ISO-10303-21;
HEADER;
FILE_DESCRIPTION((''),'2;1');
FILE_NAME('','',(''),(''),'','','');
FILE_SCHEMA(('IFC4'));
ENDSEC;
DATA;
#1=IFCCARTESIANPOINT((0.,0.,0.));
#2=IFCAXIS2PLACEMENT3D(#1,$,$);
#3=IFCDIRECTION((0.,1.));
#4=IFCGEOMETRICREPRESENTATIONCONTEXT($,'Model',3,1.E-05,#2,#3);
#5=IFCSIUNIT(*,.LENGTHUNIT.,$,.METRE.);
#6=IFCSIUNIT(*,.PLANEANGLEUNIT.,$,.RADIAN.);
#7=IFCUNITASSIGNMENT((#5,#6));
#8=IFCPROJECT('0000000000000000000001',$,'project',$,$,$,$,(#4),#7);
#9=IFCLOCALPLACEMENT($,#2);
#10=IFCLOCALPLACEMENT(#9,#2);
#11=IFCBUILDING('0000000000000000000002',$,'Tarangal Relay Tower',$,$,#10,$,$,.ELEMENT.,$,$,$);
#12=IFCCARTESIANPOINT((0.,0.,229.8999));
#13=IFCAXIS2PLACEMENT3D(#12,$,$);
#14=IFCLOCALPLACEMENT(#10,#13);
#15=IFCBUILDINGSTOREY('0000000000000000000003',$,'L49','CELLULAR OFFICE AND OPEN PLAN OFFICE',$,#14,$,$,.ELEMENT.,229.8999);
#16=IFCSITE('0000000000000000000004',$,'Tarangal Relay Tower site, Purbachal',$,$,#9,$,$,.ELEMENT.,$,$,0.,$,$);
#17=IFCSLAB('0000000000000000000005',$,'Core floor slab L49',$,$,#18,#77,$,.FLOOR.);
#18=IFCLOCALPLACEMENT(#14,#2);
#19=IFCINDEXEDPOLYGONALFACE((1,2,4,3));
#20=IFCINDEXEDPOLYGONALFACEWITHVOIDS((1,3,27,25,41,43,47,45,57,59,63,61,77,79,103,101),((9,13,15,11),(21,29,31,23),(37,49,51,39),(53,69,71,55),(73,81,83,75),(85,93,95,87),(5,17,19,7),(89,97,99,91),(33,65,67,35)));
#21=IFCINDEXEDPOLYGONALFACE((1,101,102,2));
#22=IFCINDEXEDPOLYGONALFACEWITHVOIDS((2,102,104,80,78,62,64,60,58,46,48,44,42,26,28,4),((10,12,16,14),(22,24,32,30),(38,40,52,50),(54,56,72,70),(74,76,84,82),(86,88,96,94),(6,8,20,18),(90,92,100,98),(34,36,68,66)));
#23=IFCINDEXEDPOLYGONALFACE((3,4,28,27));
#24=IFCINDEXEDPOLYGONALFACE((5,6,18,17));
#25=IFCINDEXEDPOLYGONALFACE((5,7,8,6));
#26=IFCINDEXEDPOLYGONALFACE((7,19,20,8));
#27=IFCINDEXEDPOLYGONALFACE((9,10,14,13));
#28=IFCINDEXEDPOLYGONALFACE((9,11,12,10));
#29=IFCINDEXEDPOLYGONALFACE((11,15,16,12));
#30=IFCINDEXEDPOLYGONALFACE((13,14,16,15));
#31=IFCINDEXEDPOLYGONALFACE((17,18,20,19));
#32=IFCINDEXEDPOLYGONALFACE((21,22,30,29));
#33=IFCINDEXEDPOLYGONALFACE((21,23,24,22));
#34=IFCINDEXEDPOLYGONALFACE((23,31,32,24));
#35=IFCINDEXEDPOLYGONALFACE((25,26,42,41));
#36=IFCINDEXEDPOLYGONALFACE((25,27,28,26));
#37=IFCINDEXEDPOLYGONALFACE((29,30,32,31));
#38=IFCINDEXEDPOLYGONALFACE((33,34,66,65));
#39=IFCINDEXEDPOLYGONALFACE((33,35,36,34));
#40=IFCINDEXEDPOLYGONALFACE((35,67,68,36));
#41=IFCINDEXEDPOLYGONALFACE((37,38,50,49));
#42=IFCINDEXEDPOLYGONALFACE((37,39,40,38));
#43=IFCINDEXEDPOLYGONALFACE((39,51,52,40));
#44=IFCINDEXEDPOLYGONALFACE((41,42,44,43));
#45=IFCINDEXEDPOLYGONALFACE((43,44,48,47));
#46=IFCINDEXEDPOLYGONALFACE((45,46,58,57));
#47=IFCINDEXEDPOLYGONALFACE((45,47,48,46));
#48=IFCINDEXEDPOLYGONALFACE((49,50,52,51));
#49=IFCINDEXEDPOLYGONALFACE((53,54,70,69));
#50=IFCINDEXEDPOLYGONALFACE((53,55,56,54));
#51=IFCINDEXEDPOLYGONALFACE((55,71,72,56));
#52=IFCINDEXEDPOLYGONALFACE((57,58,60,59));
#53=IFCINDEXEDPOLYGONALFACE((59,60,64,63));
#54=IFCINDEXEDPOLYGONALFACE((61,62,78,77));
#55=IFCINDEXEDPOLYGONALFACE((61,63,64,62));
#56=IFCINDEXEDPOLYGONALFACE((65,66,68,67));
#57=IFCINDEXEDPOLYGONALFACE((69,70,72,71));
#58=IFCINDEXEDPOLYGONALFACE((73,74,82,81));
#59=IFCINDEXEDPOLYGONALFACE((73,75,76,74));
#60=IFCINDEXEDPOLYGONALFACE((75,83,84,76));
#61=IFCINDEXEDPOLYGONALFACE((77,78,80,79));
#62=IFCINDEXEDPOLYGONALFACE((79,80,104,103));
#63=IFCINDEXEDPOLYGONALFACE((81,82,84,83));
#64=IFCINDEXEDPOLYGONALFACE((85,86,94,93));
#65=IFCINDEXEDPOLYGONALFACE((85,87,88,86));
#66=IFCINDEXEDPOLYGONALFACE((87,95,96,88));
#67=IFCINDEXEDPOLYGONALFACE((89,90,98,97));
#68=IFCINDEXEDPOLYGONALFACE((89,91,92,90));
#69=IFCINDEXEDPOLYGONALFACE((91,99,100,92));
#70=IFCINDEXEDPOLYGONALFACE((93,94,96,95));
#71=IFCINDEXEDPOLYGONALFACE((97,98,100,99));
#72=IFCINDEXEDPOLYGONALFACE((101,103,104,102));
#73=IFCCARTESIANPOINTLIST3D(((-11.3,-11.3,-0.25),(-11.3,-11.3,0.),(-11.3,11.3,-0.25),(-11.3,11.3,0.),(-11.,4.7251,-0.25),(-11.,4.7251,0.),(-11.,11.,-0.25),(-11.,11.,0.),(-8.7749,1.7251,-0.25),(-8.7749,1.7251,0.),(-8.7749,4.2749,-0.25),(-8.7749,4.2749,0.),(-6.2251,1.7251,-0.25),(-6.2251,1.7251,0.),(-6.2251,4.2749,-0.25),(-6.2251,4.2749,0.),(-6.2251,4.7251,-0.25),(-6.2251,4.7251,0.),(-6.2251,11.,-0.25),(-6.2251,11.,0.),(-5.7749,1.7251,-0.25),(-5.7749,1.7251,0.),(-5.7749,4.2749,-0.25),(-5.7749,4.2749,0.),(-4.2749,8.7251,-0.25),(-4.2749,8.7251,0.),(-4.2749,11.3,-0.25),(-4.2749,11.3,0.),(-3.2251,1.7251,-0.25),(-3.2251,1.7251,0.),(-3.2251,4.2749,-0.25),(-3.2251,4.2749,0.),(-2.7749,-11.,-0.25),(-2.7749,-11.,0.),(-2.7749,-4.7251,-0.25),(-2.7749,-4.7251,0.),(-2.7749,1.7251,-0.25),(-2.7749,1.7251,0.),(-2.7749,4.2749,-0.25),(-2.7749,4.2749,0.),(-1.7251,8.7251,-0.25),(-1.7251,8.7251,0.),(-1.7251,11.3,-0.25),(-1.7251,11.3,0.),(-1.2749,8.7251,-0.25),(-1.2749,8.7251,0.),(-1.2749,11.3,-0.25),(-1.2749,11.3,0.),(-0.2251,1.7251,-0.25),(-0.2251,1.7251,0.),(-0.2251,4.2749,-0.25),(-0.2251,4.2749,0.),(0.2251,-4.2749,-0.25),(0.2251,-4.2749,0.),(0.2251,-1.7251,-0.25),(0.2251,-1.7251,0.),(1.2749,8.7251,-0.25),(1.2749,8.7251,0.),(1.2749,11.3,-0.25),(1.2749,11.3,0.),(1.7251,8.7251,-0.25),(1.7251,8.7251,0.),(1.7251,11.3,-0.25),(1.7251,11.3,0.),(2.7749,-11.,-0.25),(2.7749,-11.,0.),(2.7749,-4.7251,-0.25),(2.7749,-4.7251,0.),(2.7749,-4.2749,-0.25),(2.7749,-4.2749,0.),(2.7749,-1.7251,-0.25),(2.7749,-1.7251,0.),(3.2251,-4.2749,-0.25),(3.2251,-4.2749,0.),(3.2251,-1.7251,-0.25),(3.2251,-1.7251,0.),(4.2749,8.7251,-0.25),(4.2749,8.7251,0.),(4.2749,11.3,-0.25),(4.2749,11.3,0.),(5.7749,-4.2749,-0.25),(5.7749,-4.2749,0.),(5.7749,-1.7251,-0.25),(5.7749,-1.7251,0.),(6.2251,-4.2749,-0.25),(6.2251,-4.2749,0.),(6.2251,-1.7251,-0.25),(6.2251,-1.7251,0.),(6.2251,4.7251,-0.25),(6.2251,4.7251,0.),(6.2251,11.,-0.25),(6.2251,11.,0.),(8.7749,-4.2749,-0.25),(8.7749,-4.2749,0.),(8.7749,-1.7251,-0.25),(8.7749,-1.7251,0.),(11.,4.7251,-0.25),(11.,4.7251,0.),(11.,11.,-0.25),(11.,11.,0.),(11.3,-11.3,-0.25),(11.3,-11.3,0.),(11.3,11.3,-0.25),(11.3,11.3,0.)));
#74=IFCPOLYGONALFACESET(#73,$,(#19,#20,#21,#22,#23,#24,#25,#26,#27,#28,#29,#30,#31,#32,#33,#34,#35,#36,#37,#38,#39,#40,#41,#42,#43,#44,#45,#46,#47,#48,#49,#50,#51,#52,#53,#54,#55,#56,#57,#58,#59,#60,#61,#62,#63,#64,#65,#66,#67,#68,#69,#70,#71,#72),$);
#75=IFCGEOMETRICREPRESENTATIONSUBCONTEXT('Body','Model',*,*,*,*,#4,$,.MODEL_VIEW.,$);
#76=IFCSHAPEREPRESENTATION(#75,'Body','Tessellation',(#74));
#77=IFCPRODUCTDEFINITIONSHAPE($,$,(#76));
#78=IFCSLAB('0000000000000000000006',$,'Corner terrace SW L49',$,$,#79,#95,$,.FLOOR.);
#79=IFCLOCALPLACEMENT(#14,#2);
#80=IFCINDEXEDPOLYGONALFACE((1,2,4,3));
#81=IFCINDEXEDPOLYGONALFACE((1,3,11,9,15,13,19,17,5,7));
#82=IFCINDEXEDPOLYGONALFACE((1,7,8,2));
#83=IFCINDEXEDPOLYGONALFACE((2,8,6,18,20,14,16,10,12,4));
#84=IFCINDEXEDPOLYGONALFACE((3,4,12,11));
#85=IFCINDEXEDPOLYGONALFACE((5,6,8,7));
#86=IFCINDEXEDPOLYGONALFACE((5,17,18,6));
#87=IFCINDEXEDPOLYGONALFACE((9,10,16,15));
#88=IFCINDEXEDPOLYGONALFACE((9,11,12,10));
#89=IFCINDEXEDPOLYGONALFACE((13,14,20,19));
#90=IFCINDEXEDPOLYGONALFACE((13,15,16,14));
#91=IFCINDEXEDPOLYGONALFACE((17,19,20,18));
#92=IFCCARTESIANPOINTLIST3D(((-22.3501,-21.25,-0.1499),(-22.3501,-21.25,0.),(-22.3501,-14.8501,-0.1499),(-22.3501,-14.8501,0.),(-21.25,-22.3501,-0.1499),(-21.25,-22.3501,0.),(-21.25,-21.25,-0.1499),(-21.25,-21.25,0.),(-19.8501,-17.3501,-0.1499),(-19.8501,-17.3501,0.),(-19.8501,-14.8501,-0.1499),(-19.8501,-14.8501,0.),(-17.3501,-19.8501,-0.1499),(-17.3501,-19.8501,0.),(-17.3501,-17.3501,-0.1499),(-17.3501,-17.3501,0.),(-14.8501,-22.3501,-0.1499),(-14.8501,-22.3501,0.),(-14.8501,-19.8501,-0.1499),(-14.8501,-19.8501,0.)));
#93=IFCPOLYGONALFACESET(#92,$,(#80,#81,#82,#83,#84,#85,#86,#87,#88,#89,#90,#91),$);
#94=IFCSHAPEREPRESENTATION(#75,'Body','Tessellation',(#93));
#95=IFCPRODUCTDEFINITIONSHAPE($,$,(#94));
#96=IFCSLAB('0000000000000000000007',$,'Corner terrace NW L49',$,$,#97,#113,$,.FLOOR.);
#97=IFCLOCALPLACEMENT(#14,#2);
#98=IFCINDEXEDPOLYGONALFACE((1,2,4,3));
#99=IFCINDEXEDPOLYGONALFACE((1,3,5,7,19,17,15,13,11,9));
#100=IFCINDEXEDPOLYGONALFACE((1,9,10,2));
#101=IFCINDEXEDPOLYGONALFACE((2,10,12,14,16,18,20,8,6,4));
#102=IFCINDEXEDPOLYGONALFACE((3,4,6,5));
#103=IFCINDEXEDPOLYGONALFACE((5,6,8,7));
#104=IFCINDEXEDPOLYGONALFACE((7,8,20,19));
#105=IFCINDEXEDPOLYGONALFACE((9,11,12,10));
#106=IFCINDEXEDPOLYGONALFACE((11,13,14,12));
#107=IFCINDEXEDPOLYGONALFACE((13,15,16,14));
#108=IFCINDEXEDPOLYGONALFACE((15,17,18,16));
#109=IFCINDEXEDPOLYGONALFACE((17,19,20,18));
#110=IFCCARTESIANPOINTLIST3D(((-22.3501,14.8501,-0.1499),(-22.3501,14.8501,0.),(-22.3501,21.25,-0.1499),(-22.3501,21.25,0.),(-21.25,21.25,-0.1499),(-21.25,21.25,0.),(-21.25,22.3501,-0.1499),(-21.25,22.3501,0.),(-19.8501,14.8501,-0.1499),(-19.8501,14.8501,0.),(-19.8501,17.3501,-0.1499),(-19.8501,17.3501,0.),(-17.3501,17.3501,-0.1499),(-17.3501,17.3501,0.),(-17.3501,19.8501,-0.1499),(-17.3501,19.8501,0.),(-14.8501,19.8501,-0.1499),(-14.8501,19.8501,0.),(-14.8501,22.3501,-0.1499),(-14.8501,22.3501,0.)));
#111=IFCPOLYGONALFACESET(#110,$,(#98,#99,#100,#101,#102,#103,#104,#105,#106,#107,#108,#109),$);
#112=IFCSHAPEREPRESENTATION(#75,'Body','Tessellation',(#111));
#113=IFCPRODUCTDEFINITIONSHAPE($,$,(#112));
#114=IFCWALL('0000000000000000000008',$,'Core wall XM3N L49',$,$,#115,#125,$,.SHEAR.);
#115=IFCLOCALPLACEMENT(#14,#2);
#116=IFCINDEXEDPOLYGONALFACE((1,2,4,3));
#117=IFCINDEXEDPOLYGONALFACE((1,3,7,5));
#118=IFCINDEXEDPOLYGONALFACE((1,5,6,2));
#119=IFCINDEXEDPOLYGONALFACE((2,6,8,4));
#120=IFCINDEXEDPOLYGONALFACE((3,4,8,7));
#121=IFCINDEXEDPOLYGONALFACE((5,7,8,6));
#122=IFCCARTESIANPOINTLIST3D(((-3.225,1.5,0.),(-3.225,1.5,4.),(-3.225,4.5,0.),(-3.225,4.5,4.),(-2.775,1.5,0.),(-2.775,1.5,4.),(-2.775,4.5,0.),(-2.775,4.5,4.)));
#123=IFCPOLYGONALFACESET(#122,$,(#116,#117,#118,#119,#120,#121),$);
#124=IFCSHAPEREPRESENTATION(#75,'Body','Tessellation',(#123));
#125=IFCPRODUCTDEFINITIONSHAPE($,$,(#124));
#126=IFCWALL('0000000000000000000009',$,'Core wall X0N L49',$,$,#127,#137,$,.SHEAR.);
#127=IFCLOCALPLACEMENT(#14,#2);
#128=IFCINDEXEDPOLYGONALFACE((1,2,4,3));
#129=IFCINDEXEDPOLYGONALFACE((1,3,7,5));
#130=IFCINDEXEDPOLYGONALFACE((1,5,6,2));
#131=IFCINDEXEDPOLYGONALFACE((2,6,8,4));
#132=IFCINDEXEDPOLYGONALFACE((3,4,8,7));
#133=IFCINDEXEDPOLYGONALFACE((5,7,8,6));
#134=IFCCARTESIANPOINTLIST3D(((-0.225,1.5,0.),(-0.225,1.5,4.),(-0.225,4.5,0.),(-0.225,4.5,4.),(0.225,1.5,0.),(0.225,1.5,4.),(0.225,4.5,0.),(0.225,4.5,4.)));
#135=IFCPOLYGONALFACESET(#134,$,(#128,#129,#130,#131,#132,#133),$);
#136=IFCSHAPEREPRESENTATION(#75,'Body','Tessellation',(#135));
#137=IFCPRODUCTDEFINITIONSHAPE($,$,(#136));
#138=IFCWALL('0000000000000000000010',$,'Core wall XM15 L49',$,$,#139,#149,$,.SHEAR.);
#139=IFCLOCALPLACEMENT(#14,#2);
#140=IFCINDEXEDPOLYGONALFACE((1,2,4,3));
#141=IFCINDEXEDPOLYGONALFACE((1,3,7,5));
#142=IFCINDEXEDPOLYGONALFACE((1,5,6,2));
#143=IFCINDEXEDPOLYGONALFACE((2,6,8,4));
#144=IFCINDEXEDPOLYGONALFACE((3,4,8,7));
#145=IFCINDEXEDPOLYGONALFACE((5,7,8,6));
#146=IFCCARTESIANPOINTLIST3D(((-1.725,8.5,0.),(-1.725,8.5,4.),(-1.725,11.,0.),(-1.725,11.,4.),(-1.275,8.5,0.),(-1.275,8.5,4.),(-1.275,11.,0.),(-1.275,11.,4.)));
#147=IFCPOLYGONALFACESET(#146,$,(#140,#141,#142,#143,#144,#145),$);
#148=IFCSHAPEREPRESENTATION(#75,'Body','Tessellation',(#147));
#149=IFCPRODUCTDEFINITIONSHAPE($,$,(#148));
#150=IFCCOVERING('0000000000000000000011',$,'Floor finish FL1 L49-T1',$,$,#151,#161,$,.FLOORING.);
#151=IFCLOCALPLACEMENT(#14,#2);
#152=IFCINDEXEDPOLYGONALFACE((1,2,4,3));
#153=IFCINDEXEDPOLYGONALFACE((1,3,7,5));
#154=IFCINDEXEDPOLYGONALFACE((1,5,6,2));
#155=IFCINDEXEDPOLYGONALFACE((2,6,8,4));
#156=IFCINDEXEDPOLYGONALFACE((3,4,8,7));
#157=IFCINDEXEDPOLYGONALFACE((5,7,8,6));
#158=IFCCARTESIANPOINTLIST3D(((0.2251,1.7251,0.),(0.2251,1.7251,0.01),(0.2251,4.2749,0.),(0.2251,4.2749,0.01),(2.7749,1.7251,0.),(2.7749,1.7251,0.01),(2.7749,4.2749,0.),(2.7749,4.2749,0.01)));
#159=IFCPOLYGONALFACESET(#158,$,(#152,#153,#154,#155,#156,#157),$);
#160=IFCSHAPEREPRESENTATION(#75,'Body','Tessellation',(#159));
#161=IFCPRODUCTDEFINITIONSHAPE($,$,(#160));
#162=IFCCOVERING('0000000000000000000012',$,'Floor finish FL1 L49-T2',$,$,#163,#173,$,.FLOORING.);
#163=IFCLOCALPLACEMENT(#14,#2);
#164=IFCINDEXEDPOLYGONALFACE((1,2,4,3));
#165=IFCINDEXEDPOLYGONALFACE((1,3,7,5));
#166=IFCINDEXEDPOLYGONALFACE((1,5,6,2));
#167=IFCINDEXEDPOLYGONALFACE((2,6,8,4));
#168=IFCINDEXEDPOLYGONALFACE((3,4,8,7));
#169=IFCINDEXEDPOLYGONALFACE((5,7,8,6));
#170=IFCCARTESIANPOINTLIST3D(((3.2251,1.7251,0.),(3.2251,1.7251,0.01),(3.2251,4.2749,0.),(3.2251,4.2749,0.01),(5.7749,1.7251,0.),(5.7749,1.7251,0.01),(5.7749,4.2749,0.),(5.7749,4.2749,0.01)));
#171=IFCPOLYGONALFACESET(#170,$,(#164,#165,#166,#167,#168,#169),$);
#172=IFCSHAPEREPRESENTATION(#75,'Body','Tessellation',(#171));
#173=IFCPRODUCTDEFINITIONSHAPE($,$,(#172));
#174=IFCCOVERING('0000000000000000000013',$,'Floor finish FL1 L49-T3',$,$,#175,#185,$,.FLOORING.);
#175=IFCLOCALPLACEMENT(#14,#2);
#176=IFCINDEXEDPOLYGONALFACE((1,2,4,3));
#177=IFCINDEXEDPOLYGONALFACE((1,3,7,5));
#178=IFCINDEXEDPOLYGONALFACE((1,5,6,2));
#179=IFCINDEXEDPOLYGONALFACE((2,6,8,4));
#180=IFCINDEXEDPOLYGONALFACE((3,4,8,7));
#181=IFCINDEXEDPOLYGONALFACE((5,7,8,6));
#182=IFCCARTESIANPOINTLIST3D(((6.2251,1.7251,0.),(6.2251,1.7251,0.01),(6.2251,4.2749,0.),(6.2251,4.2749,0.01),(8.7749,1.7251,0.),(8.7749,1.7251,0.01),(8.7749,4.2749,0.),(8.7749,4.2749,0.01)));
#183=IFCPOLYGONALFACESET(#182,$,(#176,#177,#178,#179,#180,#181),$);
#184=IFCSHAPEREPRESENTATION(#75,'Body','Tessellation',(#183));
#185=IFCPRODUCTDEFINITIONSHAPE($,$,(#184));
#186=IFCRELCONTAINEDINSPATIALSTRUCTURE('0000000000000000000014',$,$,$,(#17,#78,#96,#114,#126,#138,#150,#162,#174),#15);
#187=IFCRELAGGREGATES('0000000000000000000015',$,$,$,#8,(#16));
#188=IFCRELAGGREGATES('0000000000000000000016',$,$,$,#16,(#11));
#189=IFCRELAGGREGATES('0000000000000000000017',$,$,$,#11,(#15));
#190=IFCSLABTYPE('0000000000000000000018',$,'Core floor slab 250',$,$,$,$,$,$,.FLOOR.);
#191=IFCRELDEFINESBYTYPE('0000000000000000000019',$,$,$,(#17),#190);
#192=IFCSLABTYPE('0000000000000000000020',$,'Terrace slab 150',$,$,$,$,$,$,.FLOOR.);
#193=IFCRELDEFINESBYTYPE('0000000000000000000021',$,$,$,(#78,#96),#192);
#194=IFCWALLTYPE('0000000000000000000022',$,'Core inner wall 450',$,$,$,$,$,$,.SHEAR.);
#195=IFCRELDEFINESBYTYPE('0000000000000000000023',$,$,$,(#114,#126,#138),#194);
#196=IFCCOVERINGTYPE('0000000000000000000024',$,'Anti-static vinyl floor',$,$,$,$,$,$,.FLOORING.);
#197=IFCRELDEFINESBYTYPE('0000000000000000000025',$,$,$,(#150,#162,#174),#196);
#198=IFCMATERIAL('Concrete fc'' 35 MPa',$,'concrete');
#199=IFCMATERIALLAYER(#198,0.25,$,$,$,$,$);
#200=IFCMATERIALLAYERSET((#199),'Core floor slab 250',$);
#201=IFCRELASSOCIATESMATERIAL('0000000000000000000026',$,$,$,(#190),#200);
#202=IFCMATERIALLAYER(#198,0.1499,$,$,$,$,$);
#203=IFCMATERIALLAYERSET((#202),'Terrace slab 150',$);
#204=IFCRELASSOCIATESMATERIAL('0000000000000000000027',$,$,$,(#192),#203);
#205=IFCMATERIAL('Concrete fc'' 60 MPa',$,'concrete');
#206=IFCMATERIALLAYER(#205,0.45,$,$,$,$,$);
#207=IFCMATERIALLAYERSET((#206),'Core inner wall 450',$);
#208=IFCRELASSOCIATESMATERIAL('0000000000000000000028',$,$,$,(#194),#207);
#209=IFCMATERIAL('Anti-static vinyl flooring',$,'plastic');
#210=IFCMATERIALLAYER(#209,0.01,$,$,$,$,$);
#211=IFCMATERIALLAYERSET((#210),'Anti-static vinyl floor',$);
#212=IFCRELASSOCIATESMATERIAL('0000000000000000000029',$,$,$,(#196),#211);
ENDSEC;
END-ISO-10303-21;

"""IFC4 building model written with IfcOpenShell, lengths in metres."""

from ifc_helpers import new_model, si_unit, direction, frame, frame_2d, origin, place, context, subcontext, project, spatial, polyline, rectangle, outline, extrude, material, layer, layer_set, type_object, element, save


model = new_model("IFC4")

# Units and contexts
model_context = context("Model", 3, precision=1e-05, world=origin(), true_north=direction((0.0, 1.0)))
body_context = subcontext(model_context, "Body", "Model", "MODEL_VIEW")
ifc_project = project(units=[si_unit("LENGTHUNIT", "METRE"), si_unit("PLANEANGLEUNIT", "RADIAN")], contexts=[model_context])

# Site, building, storey
site_placement = place(None, origin())
site = spatial("IfcSite", under=ifc_project, at=site_placement, Name="Tarangal Relay Tower site, Purbachal", CompositionType="ELEMENT", RefElevation=0.0)
building_placement = place(site_placement, origin())
building = spatial("IfcBuilding", under=site, at=building_placement, Name="Tarangal Relay Tower", CompositionType="ELEMENT")
storey_placement = place(building_placement, frame((0.0, 0.0, 229.8999)))
storey = spatial("IfcBuildingStorey", under=building, at=storey_placement, Name="L49", Description="CELLULAR OFFICE AND OPEN PLAN OFFICE", CompositionType="ELEMENT", Elevation=229.8999)

# Slabs
ifc_material_1 = material(Name="Concrete fc' 35 MPa", Category="concrete")
ifc_layer_1 = layer(ifc_material_1, 0.25)
ifc_layer_set_1 = layer_set([ifc_layer_1], Name="Core floor slab 250")
slab_type_1 = type_object("IfcSlabType", Name="Core floor slab 250", PredefinedType="FLOOR", material=ifc_layer_set_1)
slab_1_placement = place(storey_placement, frame((0.0, 0.0, -0.25)))
element("IfcSlab", 1, at=slab_1_placement, inside=storey, type_object=slab_type_1, Name="Core floor slab L49", PredefinedType="FLOOR", context=body_context, shape_type="SweptSolid", body=[
    extrude(outline(polyline([(11.3, 11.3), (11.3, -11.3), (-11.3, -11.3), (-11.3, 11.3), (-4.2749, 11.3), (-4.2749, 8.7251), (-1.7251, 8.7251), (-1.7251, 11.3), (-1.2749, 11.3), (-1.2749, 8.7251), (1.2749, 8.7251), (1.2749, 11.3), (1.7251, 11.3), (1.7251, 8.7251), (4.2749, 8.7251), (4.2749, 11.3), (11.3, 11.3)]), holes=[polyline([(-6.2251, 4.2749), (-8.7749, 4.2749), (-8.7749, 1.7251), (-6.2251, 1.7251), (-6.2251, 4.2749)]), polyline([(-3.2251, 1.7251), (-3.2251, 4.2749), (-5.7749, 4.2749), (-5.7749, 1.7251), (-3.2251, 1.7251)]), polyline([(-0.2251, 1.7251), (-0.2251, 4.2749), (-2.7749, 4.2749), (-2.7749, 1.7251), (-0.2251, 1.7251)]), polyline([(-6.2251, 11.0), (-11.0, 11.0), (-11.0, 4.7251), (-6.2251, 4.7251), (-6.2251, 11.0)]), polyline([(2.7749, -4.7251), (-2.7749, -4.7251), (-2.7749, -11.0), (2.7749, -11.0), (2.7749, -4.7251)]), polyline([(2.7749, -4.2749), (2.7749, -1.7251), (0.2251, -1.7251), (0.2251, -4.2749), (2.7749, -4.2749)]), polyline([(5.7749, -4.2749), (5.7749, -1.7251), (3.2251, -1.7251), (3.2251, -4.2749), (5.7749, -4.2749)]), polyline([(8.7749, -1.7251), (6.2251, -1.7251), (6.2251, -4.2749), (8.7749, -4.2749), (8.7749, -1.7251)]), polyline([(11.0, 4.7251), (11.0, 11.0), (6.2251, 11.0), (6.2251, 4.7251), (11.0, 4.7251)])]), origin(), (0.0, 0.0, 1.0), 0.25),
])
ifc_layer_2 = layer(ifc_material_1, 0.1499)
ifc_layer_set_2 = layer_set([ifc_layer_2], Name="Terrace slab 150")
slab_type_2 = type_object("IfcSlabType", Name="Terrace slab 150", PredefinedType="FLOOR", material=ifc_layer_set_2)
slab_2_placement = place(storey_placement, frame((0.0, 0.0, -0.1499)))
element("IfcSlab", 2, at=slab_2_placement, inside=storey, type_object=slab_type_2, Name="Corner terrace SW L49", PredefinedType="FLOOR", context=body_context, shape_type="SweptSolid", body=[
    extrude(outline(polyline([(-14.8501, -22.3501), (-14.8501, -19.8501), (-17.3501, -19.8501), (-17.3501, -17.3501), (-19.8501, -17.3501), (-19.8501, -14.8501), (-22.3501, -14.8501), (-22.3501, -21.25), (-21.25, -21.25), (-21.25, -22.3501), (-14.8501, -22.3501)])), origin(), (0.0, 0.0, 1.0), 0.1499),
])
slab_3_placement = place(storey_placement, frame((0.0, 0.0, -0.1499)))
element("IfcSlab", 3, at=slab_3_placement, inside=storey, type_object=slab_type_2, Name="Corner terrace NW L49", PredefinedType="FLOOR", context=body_context, shape_type="SweptSolid", body=[
    extrude(outline(polyline([(-22.3501, 14.8501), (-19.8501, 14.8501), (-19.8501, 17.3501), (-17.3501, 17.3501), (-17.3501, 19.8501), (-14.8501, 19.8501), (-14.8501, 22.3501), (-21.25, 22.3501), (-21.25, 21.25), (-22.3501, 21.25), (-22.3501, 14.8501)])), origin(), (0.0, 0.0, 1.0), 0.1499),
])

# Walls
ifc_material_2 = material(Name="Concrete fc' 60 MPa", Category="concrete")
ifc_layer_3 = layer(ifc_material_2, 0.45)
ifc_layer_set_3 = layer_set([ifc_layer_3], Name="Core inner wall 450")
wall_type = type_object("IfcWallType", Name="Core inner wall 450", PredefinedType="SHEAR", material=ifc_layer_set_3)
for number, where, z_axis, x_axis, name in (
    (4, (-3.0, 1.5, 0.0), (0.0, 0.0, 1.0), (0.0, 1.0, 0.0), "Core wall XM3N L49"),
    (5, (0.0, 1.5, 0.0), (0.0, 0.0, 1.0), (0.0, 1.0, 0.0), "Core wall X0N L49"),
):
    element("IfcWall", number, at=place(storey_placement, frame(where, z_axis=z_axis, x_axis=x_axis)), inside=storey, type_object=wall_type, Name=name, PredefinedType="SHEAR", context=body_context, shape_type="SweptSolid", body=[
        extrude(rectangle(XDim=3.0, YDim=0.45, at=frame_2d((1.5, 0.0))), origin(), (0.0, 0.0, 1.0), 4.0),
    ])
wall_placement = place(storey_placement, frame((-1.5, 8.5, 0.0), z_axis=(0.0, 0.0, 1.0), x_axis=(0.0, 1.0, 0.0)))
element("IfcWall", 6, at=wall_placement, inside=storey, type_object=wall_type, Name="Core wall XM15 L49", PredefinedType="SHEAR", context=body_context, shape_type="SweptSolid", body=[
    extrude(rectangle(XDim=2.5, YDim=0.45, at=frame_2d((1.25, 0.0))), origin(), (0.0, 0.0, 1.0), 4.0),
])

# Coverings
ifc_material_3 = material(Name="Anti-static vinyl flooring", Category="plastic")
ifc_layer_4 = layer(ifc_material_3, 0.01)
ifc_layer_set_4 = layer_set([ifc_layer_4], Name="Anti-static vinyl floor")
covering_type_1 = type_object("IfcCoveringType", Name="Anti-static vinyl floor", PredefinedType="FLOORING", material=ifc_layer_set_4)
covering_1_placement = place(storey_placement, origin())
element("IfcCovering", 7, at=covering_1_placement, inside=storey, type_object=covering_type_1, Name="Floor finish FL1 L49-T1", PredefinedType="FLOORING", context=body_context, shape_type="SweptSolid", body=[
    extrude(outline(polyline([(0.2251, 1.7251), (2.7749, 1.7251), (2.7749, 4.2749), (0.2251, 4.2749), (0.2251, 1.7251)])), origin(), (0.0, 0.0, 1.0), 0.01),
])
covering_2_placement = place(storey_placement, origin())
element("IfcCovering", 8, at=covering_2_placement, inside=storey, type_object=covering_type_1, Name="Floor finish FL1 L49-T2", PredefinedType="FLOORING", context=body_context, shape_type="SweptSolid", body=[
    extrude(outline(polyline([(3.2251, 1.7251), (5.7749, 1.7251), (5.7749, 4.2749), (3.2251, 4.2749), (3.2251, 1.7251)])), origin(), (0.0, 0.0, 1.0), 0.01),
])
covering_3_placement = place(storey_placement, origin())
element("IfcCovering", 9, at=covering_3_placement, inside=storey, type_object=covering_type_1, Name="Floor finish FL1 L49-T3", PredefinedType="FLOORING", context=body_context, shape_type="SweptSolid", body=[
    extrude(outline(polyline([(6.2251, 1.7251), (8.7749, 1.7251), (8.7749, 4.2749), (6.2251, 4.2749), (6.2251, 1.7251)])), origin(), (0.0, 0.0, 1.0), 0.01),
])

save(model, "model.ifc")
